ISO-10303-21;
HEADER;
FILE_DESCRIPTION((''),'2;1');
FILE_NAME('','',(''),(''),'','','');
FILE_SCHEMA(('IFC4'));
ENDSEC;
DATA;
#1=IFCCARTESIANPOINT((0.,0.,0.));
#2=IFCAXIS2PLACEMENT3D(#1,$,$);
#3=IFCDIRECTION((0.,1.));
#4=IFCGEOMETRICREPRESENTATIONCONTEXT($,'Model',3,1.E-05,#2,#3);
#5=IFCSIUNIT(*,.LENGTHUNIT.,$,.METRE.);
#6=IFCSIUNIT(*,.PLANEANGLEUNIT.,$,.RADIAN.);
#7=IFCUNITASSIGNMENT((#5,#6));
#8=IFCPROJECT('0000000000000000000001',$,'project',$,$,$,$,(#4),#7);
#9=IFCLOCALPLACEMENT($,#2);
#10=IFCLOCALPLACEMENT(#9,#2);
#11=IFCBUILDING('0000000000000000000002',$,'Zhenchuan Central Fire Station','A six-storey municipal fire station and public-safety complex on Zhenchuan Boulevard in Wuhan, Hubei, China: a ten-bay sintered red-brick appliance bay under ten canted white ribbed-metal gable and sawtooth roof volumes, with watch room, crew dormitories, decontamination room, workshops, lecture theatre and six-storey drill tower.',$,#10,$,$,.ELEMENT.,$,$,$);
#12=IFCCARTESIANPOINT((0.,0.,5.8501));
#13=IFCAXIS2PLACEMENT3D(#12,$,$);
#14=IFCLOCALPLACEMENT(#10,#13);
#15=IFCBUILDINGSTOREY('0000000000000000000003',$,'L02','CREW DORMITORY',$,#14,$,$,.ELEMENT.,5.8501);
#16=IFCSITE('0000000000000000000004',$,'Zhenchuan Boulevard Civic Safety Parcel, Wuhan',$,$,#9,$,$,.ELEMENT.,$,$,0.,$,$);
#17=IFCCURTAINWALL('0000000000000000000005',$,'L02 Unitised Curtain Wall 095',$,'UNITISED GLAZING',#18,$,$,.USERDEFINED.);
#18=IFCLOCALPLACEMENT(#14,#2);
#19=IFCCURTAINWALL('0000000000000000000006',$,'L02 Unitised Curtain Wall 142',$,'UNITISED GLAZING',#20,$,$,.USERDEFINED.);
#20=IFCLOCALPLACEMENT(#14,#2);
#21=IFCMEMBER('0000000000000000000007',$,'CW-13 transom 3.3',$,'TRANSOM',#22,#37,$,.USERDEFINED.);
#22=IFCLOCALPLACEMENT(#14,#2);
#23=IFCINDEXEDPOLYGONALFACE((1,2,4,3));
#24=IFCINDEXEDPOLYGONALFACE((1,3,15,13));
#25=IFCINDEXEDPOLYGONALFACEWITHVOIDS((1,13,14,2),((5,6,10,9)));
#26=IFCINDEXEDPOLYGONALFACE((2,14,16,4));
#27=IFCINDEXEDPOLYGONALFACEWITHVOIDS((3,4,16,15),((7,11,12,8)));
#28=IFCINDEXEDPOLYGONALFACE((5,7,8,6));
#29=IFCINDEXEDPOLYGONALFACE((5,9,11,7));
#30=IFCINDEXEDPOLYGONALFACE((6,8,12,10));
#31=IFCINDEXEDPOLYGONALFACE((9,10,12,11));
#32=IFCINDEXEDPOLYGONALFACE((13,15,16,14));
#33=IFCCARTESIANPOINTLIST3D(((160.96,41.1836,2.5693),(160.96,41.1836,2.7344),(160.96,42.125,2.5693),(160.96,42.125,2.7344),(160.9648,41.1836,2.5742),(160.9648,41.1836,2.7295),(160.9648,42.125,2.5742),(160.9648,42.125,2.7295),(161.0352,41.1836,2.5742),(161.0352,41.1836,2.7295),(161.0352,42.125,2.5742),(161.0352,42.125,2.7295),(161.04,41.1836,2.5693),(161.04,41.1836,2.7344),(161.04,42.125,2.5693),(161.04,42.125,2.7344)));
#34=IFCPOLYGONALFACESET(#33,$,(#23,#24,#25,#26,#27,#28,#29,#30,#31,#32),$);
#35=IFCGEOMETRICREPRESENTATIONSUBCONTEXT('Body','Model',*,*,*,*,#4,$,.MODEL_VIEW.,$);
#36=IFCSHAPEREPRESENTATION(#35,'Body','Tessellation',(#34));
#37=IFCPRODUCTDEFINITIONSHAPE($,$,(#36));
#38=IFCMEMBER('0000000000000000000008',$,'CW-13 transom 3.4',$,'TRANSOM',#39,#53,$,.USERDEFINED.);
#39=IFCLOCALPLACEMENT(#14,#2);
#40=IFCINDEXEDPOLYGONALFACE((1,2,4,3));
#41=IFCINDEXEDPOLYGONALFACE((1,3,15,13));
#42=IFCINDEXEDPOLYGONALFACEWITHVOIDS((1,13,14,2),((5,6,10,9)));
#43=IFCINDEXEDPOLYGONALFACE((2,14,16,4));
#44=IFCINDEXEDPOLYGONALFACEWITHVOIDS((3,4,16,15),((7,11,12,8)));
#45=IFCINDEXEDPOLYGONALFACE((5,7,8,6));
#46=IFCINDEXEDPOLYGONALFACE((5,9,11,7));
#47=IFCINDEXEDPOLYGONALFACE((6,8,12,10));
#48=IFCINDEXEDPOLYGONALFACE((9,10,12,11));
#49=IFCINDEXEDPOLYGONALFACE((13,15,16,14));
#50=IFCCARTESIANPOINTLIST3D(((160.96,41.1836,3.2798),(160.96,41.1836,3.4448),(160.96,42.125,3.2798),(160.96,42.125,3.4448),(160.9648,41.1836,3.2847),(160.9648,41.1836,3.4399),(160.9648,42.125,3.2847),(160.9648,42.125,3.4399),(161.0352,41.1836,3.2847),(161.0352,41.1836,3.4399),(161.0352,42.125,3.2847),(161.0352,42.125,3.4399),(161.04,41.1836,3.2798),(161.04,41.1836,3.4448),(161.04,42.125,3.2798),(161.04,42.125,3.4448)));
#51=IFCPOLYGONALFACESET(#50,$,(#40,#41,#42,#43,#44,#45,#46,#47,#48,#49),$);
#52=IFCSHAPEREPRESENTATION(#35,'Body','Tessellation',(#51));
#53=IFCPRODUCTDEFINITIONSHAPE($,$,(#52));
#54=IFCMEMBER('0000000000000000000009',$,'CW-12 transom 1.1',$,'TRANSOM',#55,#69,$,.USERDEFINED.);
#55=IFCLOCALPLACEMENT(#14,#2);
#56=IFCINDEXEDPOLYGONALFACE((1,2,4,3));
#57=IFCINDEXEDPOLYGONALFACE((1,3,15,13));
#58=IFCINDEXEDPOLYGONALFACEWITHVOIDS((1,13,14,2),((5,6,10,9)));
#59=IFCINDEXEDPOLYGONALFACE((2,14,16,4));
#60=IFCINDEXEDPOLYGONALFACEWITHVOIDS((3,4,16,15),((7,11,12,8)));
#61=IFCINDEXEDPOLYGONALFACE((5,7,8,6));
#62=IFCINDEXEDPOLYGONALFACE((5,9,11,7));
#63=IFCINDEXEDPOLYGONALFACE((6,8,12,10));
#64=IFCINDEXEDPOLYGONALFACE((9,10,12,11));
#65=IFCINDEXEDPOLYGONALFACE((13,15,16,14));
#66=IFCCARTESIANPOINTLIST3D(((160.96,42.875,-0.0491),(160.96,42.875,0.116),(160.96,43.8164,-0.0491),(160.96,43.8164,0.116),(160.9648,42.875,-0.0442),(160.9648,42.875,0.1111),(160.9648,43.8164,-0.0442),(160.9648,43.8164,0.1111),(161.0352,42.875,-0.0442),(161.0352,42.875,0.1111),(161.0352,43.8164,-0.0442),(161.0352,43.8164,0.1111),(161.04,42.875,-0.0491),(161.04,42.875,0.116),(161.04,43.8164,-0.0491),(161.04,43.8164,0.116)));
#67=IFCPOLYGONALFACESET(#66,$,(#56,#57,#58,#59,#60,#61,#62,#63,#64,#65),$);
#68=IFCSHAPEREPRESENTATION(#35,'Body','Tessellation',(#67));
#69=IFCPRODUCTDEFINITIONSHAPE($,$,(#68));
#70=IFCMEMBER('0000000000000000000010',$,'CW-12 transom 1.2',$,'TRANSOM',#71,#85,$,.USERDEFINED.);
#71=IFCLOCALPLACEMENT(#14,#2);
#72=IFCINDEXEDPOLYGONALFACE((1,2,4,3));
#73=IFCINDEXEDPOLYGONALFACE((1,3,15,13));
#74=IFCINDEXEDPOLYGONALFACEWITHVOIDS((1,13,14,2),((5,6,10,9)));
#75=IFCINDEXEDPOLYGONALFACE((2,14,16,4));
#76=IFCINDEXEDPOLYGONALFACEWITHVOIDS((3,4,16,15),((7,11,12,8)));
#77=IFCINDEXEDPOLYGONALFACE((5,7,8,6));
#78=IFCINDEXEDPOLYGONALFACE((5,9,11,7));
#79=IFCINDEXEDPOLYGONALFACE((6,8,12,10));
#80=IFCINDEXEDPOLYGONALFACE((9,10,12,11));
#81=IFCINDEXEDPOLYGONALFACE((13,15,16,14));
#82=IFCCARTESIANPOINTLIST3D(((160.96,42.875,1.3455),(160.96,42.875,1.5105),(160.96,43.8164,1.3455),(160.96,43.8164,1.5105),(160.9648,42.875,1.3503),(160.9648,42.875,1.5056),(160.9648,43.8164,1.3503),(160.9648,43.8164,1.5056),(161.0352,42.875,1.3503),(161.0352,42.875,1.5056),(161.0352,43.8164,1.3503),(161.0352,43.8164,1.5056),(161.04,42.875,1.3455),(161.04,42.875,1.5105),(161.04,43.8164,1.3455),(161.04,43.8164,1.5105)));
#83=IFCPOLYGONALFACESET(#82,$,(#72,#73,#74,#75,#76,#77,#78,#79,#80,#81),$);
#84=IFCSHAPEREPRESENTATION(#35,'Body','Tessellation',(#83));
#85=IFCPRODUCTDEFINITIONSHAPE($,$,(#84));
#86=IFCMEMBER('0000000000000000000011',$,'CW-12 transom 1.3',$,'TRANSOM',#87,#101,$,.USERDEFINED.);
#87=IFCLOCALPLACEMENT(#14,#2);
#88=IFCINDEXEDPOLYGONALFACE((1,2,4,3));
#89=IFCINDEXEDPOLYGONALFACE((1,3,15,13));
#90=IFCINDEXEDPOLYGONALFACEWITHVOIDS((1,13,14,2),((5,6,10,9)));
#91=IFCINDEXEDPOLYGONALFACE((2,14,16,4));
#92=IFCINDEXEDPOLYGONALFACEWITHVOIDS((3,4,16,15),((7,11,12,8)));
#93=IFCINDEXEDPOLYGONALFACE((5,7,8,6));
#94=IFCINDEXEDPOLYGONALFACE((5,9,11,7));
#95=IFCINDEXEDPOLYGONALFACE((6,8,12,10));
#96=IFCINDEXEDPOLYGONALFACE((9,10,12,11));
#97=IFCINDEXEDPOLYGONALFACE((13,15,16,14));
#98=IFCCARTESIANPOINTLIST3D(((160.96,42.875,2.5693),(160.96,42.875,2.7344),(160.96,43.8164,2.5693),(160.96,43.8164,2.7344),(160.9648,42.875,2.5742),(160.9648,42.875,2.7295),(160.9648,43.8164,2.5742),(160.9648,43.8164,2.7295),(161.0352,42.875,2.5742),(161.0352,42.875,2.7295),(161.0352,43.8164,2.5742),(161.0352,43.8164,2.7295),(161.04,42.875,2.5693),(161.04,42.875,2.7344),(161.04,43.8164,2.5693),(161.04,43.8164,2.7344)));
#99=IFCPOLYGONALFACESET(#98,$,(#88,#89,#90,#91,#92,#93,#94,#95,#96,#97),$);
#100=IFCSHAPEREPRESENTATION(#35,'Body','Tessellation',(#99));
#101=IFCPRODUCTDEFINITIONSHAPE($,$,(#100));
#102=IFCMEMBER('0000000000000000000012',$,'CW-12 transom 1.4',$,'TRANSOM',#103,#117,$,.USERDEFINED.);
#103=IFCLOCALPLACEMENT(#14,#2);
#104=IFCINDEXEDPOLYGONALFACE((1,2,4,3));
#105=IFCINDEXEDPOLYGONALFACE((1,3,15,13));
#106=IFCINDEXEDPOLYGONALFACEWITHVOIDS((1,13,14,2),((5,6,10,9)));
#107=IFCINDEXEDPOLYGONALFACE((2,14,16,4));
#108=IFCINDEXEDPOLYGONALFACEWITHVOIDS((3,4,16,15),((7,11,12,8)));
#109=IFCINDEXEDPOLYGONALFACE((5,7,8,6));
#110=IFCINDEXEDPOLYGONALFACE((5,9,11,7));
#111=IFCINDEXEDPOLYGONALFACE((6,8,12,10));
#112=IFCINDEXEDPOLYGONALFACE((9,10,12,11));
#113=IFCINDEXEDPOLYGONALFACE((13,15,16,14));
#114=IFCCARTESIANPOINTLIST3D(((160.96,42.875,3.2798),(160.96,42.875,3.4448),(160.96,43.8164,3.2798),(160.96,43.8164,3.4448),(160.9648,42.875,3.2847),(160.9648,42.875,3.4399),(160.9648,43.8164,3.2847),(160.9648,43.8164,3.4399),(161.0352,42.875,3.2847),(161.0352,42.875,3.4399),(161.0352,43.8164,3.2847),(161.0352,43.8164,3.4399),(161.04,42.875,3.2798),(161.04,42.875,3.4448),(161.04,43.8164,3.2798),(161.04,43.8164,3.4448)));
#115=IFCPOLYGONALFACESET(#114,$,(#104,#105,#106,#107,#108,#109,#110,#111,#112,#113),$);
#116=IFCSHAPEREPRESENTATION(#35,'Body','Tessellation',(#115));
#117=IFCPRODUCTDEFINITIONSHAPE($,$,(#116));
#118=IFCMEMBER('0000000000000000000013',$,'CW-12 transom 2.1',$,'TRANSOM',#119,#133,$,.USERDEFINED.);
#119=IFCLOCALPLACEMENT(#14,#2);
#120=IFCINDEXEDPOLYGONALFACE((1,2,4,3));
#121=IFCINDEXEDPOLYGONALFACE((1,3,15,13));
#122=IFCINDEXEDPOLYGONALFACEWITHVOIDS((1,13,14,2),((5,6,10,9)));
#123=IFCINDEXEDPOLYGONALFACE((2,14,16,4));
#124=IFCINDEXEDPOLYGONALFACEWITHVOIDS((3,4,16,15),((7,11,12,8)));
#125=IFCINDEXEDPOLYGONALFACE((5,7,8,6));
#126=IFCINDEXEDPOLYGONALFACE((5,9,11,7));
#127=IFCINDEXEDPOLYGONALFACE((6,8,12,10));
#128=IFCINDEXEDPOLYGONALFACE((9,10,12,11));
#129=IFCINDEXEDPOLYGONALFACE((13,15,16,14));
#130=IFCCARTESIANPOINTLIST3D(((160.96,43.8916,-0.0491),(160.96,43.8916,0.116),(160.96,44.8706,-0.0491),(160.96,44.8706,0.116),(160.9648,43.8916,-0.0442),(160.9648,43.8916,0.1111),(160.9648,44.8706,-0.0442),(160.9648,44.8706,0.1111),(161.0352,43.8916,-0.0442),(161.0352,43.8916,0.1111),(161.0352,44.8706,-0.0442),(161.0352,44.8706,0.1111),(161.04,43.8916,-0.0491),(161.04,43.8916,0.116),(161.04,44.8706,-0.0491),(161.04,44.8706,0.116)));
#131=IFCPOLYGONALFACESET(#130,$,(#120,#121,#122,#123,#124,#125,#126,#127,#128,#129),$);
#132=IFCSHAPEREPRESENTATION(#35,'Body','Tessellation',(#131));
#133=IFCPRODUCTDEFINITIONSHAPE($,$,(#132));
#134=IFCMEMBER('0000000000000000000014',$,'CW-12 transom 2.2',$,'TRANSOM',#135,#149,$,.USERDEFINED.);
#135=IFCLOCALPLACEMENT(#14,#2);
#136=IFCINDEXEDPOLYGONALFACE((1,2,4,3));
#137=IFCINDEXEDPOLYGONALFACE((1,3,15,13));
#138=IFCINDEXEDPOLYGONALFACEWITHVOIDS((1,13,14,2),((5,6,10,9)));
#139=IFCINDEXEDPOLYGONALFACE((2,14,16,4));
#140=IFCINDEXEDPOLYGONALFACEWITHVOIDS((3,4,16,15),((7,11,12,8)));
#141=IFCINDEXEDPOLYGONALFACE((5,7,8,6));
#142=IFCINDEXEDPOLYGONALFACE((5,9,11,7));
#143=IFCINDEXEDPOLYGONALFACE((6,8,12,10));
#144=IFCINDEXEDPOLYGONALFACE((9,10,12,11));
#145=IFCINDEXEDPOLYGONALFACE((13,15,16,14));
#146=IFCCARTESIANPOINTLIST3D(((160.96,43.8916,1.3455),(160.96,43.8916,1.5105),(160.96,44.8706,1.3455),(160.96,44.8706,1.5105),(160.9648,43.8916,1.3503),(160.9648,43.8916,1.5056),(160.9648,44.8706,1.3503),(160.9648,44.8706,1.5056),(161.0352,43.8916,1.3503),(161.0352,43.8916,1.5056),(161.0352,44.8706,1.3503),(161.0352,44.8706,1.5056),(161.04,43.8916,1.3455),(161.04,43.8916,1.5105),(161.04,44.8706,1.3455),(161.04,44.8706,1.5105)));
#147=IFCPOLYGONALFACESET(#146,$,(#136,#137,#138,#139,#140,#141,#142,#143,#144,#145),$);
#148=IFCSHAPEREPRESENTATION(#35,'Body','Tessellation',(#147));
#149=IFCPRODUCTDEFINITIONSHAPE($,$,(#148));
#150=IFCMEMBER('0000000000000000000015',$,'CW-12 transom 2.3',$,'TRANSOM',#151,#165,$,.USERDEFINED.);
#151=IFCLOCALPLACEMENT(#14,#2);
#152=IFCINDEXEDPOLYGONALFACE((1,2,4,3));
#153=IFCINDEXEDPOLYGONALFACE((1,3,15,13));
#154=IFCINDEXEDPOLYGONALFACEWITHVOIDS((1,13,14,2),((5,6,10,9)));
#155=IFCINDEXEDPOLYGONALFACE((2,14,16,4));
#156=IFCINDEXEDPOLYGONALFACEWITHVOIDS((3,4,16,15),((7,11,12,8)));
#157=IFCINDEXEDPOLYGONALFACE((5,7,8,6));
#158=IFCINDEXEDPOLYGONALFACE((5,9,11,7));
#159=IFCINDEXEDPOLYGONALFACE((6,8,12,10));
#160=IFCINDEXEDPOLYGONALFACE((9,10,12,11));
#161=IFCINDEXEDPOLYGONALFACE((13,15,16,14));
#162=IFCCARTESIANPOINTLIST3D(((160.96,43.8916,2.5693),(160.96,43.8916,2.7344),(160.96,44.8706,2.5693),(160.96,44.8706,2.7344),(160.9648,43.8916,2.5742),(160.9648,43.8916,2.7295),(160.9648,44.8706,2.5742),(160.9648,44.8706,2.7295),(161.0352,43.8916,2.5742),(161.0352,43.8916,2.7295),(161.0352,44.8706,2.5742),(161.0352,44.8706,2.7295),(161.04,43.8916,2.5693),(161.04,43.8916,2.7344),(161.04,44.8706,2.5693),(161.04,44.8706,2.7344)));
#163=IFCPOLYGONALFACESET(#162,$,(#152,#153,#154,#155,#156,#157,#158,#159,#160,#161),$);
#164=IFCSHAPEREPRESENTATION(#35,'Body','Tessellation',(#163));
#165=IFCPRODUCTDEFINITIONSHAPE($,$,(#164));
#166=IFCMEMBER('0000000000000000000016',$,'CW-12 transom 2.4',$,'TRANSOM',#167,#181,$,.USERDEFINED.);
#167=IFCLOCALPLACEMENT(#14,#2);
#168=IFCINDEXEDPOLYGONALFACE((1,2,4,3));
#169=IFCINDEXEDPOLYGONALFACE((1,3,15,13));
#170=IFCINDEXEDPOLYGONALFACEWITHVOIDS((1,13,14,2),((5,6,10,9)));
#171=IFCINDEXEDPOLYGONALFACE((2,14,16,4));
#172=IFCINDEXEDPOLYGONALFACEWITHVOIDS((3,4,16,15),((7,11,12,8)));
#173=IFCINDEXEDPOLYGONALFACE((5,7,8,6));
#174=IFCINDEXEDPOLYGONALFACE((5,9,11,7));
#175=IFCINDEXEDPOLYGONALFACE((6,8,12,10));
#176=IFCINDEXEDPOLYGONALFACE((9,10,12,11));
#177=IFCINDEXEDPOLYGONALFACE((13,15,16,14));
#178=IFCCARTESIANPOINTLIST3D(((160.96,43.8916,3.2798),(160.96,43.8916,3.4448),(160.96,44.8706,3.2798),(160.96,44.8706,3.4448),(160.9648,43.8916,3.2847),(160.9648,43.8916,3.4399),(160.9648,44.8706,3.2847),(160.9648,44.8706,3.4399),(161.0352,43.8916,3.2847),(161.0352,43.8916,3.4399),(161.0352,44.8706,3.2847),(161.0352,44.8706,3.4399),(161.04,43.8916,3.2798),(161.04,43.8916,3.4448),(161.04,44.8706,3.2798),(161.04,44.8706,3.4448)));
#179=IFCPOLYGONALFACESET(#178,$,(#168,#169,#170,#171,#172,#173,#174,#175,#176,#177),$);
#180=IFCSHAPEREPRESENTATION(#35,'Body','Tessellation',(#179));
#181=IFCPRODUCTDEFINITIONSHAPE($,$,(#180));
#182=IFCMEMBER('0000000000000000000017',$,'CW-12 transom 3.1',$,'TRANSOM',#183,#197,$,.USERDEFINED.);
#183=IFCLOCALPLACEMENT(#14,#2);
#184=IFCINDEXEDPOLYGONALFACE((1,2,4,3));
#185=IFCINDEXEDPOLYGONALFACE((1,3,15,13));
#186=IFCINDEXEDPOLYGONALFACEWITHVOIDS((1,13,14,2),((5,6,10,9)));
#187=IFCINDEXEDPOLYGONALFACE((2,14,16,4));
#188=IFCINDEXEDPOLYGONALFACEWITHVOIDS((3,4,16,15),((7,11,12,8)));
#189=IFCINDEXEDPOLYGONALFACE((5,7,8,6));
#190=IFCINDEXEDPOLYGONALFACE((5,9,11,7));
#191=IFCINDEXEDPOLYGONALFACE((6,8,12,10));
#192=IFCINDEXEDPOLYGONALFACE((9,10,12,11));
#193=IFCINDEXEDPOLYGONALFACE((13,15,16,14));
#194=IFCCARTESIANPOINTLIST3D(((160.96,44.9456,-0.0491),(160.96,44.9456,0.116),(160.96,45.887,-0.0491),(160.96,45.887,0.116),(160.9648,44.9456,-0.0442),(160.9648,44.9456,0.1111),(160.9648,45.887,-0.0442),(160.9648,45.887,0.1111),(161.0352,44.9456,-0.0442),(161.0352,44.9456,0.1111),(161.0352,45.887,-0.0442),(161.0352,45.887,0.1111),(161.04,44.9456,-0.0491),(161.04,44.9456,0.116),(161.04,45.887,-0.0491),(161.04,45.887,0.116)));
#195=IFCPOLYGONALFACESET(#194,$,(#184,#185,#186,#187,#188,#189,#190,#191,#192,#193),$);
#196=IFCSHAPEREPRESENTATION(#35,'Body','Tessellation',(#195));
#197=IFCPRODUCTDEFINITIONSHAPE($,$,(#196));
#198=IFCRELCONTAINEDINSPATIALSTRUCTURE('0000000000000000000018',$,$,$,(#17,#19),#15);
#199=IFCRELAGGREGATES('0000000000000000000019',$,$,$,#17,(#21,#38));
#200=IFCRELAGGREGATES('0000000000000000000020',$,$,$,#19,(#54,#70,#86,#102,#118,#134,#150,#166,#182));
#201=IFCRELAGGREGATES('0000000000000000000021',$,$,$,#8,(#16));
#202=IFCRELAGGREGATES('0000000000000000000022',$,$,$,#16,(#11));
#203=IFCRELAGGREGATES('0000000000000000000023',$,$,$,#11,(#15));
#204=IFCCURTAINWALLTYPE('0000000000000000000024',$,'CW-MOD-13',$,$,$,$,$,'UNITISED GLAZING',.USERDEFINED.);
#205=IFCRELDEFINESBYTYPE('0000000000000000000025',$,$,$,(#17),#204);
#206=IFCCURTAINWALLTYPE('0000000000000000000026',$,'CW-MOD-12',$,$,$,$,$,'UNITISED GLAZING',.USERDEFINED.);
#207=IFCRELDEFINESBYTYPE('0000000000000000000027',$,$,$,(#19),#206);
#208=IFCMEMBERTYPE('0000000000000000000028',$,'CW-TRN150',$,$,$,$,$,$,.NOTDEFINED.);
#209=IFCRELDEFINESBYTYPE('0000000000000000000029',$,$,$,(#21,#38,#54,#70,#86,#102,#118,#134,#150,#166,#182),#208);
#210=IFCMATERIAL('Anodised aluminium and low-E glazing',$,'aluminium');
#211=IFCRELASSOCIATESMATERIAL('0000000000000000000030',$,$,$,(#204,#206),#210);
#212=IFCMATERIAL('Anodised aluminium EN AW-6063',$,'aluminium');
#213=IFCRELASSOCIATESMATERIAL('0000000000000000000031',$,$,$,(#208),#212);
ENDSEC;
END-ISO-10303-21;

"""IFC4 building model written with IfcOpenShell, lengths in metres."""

from ifc_helpers import new_model, si_unit, direction, frame, origin, origin_2d, place, context, subcontext, project, spatial, hollow_rectangle, extrude, material, material_profile, profile_set, type_object, element, aggregate, save


model = new_model("IFC4")

# Units and contexts
model_context = context("Model", 3, precision=1e-05, world=origin(), true_north=direction((0.0, 1.0)))
body_context = subcontext(model_context, "Body", "Model", "MODEL_VIEW")
ifc_project = project(units=[si_unit("LENGTHUNIT", "METRE"), si_unit("PLANEANGLEUNIT", "RADIAN")], contexts=[model_context])

# Site, building, storey
site_placement = place(None, origin())
site = spatial("IfcSite", under=ifc_project, at=site_placement, Name="Zhenchuan Boulevard Civic Safety Parcel, Wuhan", CompositionType="ELEMENT", RefElevation=0.0)
building_placement = place(site_placement, origin())
building = spatial("IfcBuilding", under=site, at=building_placement, Name="Zhenchuan Central Fire Station", Description="A six-storey municipal fire station and public-safety complex on Zhenchuan Boulevard in Wuhan, Hubei, China: a ten-bay sintered red-brick appliance bay under ten canted white ribbed-metal gable and sawtooth roof volumes, with watch room, crew dormitories, decontamination room, workshops, lecture theatre and six-storey drill tower.", CompositionType="ELEMENT")
storey_placement = place(building_placement, frame((0.0, 0.0, 5.8501)))
storey = spatial("IfcBuildingStorey", under=building, at=storey_placement, Name="L02", Description="CREW DORMITORY", CompositionType="ELEMENT", Elevation=5.8501)

# Curtain walls
ifc_material_1 = material(Name="Anodised aluminium and low-E glazing", Category="aluminium")
curtain_wall_type_1 = type_object("IfcCurtainWallType", Name="CW-MOD-13", ElementType="UNITISED GLAZING", PredefinedType="USERDEFINED", material=ifc_material_1)
curtain_wall_1_placement = place(storey_placement, origin())
curtain_wall_1 = element("IfcCurtainWall", 1, at=curtain_wall_1_placement, inside=storey, type_object=curtain_wall_type_1, Name="L02 Unitised Curtain Wall 095", ObjectType="UNITISED GLAZING", PredefinedType="USERDEFINED")
ifc_material_2 = material(Name="Anodised aluminium EN AW-6063", Category="aluminium")
curtain_wall_type_2 = type_object("IfcCurtainWallType", Name="CW-MOD-12", ElementType="UNITISED GLAZING", PredefinedType="USERDEFINED", material=ifc_material_1)
curtain_wall_2_placement = place(storey_placement, origin())
curtain_wall_2 = element("IfcCurtainWall", 2, at=curtain_wall_2_placement, inside=storey, type_object=curtain_wall_type_2, Name="L02 Unitised Curtain Wall 142", ObjectType="UNITISED GLAZING", PredefinedType="USERDEFINED")

# Members
ifc_material_profile_1 = material_profile(ifc_material_2, hollow_rectangle(XDim=0.0801, YDim=0.165, WallThickness=0.0049, at=origin_2d()), Name="ALU-T 165x80")
ifc_profile_set_1 = profile_set([ifc_material_profile_1], Name="Anodised aluminium EN AW-6063")
member_type_1 = type_object("IfcMemberType", Name="CW-TRN150", PredefinedType="NOTDEFINED", material=ifc_profile_set_1)
member_1_placement = place(storey_placement, frame((161.0, 41.1836, 2.6519), z_axis=(0.0, 1.0, 0.0), x_axis=(-1.0, 0.0, 0.0)))
member_1 = element("IfcMember", 3, at=member_1_placement, type_object=member_type_1, Name="CW-13 transom 3.3", ObjectType="TRANSOM", PredefinedType="USERDEFINED", context=body_context, shape_type="SweptSolid", body=[
    extrude(hollow_rectangle(XDim=0.0801, YDim=0.165, WallThickness=0.0049, at=origin_2d()), origin(), (0.0, 0.0, 1.0), 0.9414),
])
member_2_placement = place(storey_placement, frame((161.0, 41.1836, 3.3623), z_axis=(0.0, 1.0, 0.0), x_axis=(-1.0, 0.0, 0.0)))
member_2 = element("IfcMember", 4, at=member_2_placement, type_object=member_type_1, Name="CW-13 transom 3.4", ObjectType="TRANSOM", PredefinedType="USERDEFINED", context=body_context, shape_type="SweptSolid", body=[
    extrude(hollow_rectangle(XDim=0.0801, YDim=0.165, WallThickness=0.0049, at=origin_2d()), origin(), (0.0, 0.0, 1.0), 0.9414),
])
member_3_placement = place(storey_placement, frame((161.0, 42.875, 0.0334), z_axis=(0.0, 1.0, 0.0), x_axis=(-1.0, 0.0, 0.0)))
member_3 = element("IfcMember", 5, at=member_3_placement, type_object=member_type_1, Name="CW-12 transom 1.1", ObjectType="TRANSOM", PredefinedType="USERDEFINED", context=body_context, shape_type="SweptSolid", body=[
    extrude(hollow_rectangle(XDim=0.0801, YDim=0.165, WallThickness=0.0049, at=origin_2d()), origin(), (0.0, 0.0, 1.0), 0.9414),
])
member_4_placement = place(storey_placement, frame((161.0, 42.875, 1.428), z_axis=(0.0, 1.0, 0.0), x_axis=(-1.0, 0.0, 0.0)))
member_4 = element("IfcMember", 6, at=member_4_placement, type_object=member_type_1, Name="CW-12 transom 1.2", ObjectType="TRANSOM", PredefinedType="USERDEFINED", context=body_context, shape_type="SweptSolid", body=[
    extrude(hollow_rectangle(XDim=0.0801, YDim=0.165, WallThickness=0.0049, at=origin_2d()), origin(), (0.0, 0.0, 1.0), 0.9414),
])
member_5_placement = place(storey_placement, frame((161.0, 42.875, 2.6519), z_axis=(0.0, 1.0, 0.0), x_axis=(-1.0, 0.0, 0.0)))
member_5 = element("IfcMember", 7, at=member_5_placement, type_object=member_type_1, Name="CW-12 transom 1.3", ObjectType="TRANSOM", PredefinedType="USERDEFINED", context=body_context, shape_type="SweptSolid", body=[
    extrude(hollow_rectangle(XDim=0.0801, YDim=0.165, WallThickness=0.0049, at=origin_2d()), origin(), (0.0, 0.0, 1.0), 0.9414),
])
member_6_placement = place(storey_placement, frame((161.0, 42.875, 3.3623), z_axis=(0.0, 1.0, 0.0), x_axis=(-1.0, 0.0, 0.0)))
member_6 = element("IfcMember", 8, at=member_6_placement, type_object=member_type_1, Name="CW-12 transom 1.4", ObjectType="TRANSOM", PredefinedType="USERDEFINED", context=body_context, shape_type="SweptSolid", body=[
    extrude(hollow_rectangle(XDim=0.0801, YDim=0.165, WallThickness=0.0049, at=origin_2d()), origin(), (0.0, 0.0, 1.0), 0.9414),
])
member_7_placement = place(storey_placement, frame((161.0, 43.8916, 0.0334), z_axis=(0.0, 1.0, 0.0), x_axis=(-1.0, 0.0, 0.0)))
member_7 = element("IfcMember", 9, at=member_7_placement, type_object=member_type_1, Name="CW-12 transom 2.1", ObjectType="TRANSOM", PredefinedType="USERDEFINED", context=body_context, shape_type="SweptSolid", body=[
    extrude(hollow_rectangle(XDim=0.0801, YDim=0.165, WallThickness=0.0049, at=origin_2d()), origin(), (0.0, 0.0, 1.0), 0.979),
])
member_8_placement = place(storey_placement, frame((161.0, 43.8916, 1.428), z_axis=(0.0, 1.0, 0.0), x_axis=(-1.0, 0.0, 0.0)))
member_8 = element("IfcMember", 10, at=member_8_placement, type_object=member_type_1, Name="CW-12 transom 2.2", ObjectType="TRANSOM", PredefinedType="USERDEFINED", context=body_context, shape_type="SweptSolid", body=[
    extrude(hollow_rectangle(XDim=0.0801, YDim=0.165, WallThickness=0.0049, at=origin_2d()), origin(), (0.0, 0.0, 1.0), 0.979),
])
member_9_placement = place(storey_placement, frame((161.0, 43.8916, 2.6519), z_axis=(0.0, 1.0, 0.0), x_axis=(-1.0, 0.0, 0.0)))
member_9 = element("IfcMember", 11, at=member_9_placement, type_object=member_type_1, Name="CW-12 transom 2.3", ObjectType="TRANSOM", PredefinedType="USERDEFINED", context=body_context, shape_type="SweptSolid", body=[
    extrude(hollow_rectangle(XDim=0.0801, YDim=0.165, WallThickness=0.0049, at=origin_2d()), origin(), (0.0, 0.0, 1.0), 0.979),
])
member_10_placement = place(storey_placement, frame((161.0, 43.8916, 3.3623), z_axis=(0.0, 1.0, 0.0), x_axis=(-1.0, 0.0, 0.0)))
member_10 = element("IfcMember", 12, at=member_10_placement, type_object=member_type_1, Name="CW-12 transom 2.4", ObjectType="TRANSOM", PredefinedType="USERDEFINED", context=body_context, shape_type="SweptSolid", body=[
    extrude(hollow_rectangle(XDim=0.0801, YDim=0.165, WallThickness=0.0049, at=origin_2d()), origin(), (0.0, 0.0, 1.0), 0.979),
])
member_11_placement = place(storey_placement, frame((161.0, 44.9456, 0.0334), z_axis=(0.0, 1.0, 0.0), x_axis=(-1.0, 0.0, 0.0)))
member_11 = element("IfcMember", 13, at=member_11_placement, type_object=member_type_1, Name="CW-12 transom 3.1", ObjectType="TRANSOM", PredefinedType="USERDEFINED", context=body_context, shape_type="SweptSolid", body=[
    extrude(hollow_rectangle(XDim=0.0801, YDim=0.165, WallThickness=0.0049, at=origin_2d()), origin(), (0.0, 0.0, 1.0), 0.9414),
])

aggregate(curtain_wall_1, [member_1, member_2])
aggregate(curtain_wall_2, [member_3, member_4, member_5, member_6, member_7, member_8, member_9, member_10, member_11])

save(model, "model.ifc")
